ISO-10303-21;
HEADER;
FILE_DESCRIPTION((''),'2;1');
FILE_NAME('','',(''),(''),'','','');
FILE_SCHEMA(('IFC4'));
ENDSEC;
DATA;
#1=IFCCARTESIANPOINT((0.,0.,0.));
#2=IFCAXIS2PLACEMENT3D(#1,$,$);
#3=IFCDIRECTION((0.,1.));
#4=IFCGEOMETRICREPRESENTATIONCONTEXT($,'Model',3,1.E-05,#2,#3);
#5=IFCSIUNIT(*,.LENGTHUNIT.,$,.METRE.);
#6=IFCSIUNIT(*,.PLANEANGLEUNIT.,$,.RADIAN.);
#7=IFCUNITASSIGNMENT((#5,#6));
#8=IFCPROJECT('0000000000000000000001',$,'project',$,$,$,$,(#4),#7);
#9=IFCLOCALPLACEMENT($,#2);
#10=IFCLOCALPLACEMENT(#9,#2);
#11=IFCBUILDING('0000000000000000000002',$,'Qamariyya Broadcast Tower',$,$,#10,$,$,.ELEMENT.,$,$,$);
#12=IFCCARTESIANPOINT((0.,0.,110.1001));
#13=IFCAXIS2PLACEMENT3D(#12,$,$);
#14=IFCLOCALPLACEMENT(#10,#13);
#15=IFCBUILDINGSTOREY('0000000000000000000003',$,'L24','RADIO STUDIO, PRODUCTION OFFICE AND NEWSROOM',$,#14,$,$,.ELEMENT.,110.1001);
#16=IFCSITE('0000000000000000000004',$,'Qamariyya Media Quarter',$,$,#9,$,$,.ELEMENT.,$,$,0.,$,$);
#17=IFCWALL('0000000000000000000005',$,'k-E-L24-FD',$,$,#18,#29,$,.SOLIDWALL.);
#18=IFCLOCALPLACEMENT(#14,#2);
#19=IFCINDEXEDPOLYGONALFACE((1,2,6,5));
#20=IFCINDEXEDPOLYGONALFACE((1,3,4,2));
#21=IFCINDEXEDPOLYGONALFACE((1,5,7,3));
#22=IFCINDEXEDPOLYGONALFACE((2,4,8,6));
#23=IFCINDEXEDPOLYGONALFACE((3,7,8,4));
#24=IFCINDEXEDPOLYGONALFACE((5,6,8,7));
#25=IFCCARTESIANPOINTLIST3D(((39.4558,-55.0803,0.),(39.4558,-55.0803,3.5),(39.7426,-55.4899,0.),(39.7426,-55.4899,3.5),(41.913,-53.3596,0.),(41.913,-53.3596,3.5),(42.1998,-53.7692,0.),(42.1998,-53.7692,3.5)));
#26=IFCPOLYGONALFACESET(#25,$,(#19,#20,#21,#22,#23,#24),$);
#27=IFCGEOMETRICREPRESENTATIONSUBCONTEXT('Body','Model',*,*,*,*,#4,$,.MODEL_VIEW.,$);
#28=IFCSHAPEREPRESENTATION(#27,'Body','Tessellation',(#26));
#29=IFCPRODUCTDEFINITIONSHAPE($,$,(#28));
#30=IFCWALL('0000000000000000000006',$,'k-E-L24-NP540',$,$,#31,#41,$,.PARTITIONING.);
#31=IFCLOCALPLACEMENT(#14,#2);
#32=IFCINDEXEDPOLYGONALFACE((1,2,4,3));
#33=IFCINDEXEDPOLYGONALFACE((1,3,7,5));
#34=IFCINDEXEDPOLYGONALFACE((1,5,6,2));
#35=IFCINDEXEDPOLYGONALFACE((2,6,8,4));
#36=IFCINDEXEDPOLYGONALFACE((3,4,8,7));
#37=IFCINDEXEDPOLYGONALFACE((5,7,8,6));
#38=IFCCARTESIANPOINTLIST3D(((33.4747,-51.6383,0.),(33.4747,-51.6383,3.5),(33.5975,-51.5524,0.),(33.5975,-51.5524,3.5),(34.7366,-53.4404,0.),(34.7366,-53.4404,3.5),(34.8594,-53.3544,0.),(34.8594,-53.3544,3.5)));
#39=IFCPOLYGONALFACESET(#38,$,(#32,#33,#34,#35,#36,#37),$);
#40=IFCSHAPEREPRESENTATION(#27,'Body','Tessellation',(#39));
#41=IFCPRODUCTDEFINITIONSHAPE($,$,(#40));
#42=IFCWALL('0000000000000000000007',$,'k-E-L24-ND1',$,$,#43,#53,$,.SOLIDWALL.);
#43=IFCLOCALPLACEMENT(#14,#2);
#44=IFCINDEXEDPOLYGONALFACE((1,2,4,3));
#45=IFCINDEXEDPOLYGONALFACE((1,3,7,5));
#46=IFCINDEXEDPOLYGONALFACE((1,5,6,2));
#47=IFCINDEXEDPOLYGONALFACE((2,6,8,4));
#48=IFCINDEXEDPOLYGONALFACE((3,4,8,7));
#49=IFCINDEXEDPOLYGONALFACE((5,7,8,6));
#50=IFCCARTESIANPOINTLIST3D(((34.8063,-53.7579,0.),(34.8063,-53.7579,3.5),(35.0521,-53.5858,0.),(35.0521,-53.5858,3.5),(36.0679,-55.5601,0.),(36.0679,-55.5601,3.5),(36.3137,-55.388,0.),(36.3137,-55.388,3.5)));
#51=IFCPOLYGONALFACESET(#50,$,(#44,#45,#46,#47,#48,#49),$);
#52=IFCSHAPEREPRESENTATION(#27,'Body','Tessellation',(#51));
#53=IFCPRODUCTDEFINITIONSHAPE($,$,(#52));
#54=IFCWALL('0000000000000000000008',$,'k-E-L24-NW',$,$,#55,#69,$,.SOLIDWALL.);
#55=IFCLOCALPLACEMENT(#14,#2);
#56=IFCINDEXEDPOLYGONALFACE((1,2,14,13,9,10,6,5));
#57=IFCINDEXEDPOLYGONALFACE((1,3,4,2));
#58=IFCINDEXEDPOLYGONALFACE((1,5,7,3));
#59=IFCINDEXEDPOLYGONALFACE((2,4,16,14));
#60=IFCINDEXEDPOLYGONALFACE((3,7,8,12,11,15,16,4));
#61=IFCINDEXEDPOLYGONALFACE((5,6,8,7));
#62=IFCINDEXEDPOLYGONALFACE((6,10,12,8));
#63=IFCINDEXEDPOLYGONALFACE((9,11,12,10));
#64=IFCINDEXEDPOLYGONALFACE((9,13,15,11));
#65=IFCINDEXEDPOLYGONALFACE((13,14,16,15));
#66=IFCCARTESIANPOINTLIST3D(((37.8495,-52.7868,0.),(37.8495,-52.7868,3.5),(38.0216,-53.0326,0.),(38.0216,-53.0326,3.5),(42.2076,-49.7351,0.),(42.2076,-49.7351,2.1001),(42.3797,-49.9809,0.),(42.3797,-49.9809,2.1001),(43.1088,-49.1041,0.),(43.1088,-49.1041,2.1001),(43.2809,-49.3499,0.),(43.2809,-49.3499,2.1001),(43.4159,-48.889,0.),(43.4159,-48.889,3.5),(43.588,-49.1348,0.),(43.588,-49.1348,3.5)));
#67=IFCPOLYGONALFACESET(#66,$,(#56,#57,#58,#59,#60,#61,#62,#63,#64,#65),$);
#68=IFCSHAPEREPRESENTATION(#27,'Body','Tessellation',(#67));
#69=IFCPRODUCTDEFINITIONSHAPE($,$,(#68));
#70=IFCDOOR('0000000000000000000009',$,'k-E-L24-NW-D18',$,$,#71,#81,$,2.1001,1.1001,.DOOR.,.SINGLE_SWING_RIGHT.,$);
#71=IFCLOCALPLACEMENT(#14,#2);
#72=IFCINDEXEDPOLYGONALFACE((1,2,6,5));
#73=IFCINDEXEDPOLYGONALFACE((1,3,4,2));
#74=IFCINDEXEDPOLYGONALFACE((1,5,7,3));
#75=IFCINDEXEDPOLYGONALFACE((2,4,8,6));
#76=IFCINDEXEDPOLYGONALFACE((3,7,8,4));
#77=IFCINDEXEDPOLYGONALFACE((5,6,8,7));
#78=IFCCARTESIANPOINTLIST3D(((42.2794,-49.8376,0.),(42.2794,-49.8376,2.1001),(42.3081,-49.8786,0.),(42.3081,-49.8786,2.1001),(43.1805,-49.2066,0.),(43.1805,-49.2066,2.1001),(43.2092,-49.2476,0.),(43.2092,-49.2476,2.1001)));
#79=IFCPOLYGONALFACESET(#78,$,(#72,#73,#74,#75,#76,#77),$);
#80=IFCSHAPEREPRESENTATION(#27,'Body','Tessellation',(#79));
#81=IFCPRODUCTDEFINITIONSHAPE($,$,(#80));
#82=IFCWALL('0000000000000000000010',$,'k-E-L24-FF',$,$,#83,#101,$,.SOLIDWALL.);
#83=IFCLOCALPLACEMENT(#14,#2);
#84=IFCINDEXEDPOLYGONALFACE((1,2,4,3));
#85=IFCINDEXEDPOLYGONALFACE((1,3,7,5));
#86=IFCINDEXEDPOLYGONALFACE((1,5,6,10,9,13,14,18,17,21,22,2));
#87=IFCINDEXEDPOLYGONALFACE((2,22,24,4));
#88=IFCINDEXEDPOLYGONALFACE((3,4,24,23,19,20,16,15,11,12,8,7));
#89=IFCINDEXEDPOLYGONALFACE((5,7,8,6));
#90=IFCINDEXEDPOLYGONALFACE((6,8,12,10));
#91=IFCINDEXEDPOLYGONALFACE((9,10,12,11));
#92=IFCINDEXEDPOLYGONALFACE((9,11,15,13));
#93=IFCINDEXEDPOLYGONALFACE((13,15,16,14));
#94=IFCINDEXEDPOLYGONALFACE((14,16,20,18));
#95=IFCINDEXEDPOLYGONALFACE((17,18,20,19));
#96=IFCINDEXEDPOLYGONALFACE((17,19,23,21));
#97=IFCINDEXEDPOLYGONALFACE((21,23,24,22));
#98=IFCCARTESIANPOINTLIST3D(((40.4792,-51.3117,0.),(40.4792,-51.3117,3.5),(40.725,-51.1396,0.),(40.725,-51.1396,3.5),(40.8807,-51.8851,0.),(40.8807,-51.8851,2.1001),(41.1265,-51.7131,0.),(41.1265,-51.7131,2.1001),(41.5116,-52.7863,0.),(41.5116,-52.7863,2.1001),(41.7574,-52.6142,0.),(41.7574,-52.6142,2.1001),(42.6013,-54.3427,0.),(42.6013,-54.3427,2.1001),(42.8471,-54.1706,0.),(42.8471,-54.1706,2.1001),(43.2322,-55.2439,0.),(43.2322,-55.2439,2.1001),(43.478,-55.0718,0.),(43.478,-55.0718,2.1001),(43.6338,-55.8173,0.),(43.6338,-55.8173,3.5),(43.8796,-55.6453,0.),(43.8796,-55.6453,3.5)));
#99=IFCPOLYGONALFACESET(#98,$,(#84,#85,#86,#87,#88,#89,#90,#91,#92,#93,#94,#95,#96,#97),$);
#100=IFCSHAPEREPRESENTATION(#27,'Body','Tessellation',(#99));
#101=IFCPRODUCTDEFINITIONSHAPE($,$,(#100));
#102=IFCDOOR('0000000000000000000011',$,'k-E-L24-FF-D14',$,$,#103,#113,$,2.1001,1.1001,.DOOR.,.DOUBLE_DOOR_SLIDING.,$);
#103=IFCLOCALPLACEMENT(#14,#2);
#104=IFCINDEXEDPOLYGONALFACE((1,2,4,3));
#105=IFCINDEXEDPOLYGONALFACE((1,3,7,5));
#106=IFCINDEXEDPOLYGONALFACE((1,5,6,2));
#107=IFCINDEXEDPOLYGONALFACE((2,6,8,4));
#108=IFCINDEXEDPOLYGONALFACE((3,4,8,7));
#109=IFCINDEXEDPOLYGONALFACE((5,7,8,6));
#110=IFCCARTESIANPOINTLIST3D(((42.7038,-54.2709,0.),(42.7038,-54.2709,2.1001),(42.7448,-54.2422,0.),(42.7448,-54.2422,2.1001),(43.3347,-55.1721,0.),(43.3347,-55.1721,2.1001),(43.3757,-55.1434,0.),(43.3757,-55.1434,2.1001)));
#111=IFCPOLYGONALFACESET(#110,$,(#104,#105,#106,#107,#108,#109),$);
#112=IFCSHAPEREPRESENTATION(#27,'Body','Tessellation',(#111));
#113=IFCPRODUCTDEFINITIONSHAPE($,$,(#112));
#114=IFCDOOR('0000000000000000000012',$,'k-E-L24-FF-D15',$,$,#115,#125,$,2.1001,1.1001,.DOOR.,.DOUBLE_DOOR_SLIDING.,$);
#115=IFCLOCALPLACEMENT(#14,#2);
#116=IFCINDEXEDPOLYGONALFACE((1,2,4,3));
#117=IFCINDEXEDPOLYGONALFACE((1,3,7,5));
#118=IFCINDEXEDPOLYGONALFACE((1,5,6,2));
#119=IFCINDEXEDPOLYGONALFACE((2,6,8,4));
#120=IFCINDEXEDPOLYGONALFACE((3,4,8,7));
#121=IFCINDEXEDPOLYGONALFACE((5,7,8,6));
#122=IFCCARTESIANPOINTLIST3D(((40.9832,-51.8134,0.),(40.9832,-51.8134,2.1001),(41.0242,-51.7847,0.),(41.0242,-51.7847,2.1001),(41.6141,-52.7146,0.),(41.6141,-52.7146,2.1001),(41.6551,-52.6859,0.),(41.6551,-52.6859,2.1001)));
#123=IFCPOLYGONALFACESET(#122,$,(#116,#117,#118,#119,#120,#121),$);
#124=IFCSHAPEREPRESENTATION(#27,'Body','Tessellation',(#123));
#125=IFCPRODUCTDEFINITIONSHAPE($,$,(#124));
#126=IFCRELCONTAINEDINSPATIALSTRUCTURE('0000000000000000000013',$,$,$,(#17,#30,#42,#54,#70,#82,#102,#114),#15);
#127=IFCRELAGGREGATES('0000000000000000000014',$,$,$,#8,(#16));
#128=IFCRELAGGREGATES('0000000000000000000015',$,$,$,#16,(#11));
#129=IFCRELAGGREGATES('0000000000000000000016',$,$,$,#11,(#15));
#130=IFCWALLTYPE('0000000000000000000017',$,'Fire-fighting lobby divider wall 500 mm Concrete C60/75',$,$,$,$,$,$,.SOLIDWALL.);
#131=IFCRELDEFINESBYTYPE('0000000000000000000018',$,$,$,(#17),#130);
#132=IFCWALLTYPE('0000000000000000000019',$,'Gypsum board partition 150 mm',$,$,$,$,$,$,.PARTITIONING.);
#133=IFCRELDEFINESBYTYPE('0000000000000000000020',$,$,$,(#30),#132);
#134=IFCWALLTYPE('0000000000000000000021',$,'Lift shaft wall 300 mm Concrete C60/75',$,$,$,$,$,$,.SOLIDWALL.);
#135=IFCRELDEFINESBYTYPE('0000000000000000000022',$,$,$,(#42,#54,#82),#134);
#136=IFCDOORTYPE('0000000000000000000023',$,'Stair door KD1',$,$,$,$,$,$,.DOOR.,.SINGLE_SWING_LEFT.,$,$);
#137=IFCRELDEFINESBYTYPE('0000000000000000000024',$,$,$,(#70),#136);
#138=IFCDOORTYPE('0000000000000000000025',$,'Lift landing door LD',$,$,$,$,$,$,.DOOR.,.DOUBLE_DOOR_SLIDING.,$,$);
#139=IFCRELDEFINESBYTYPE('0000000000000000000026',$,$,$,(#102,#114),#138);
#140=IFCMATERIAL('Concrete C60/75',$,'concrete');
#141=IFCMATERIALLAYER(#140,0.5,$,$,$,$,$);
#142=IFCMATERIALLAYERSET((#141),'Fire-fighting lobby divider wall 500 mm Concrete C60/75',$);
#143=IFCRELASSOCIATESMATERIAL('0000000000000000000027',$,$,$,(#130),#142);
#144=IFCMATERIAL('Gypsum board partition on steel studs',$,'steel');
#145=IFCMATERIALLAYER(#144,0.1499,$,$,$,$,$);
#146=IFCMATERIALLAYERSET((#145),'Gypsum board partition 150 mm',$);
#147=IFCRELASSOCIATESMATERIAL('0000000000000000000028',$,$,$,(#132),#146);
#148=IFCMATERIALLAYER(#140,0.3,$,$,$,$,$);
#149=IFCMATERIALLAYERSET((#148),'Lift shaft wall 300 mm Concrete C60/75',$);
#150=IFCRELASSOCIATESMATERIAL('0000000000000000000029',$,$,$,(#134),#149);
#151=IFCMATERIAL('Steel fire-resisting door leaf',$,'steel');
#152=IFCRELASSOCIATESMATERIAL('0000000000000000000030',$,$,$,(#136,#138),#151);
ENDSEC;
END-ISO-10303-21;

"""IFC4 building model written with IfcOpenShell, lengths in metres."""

from ifc_helpers import new_model, si_unit, direction, frame, frame_2d, origin, place, context, subcontext, project, spatial, rectangle, extrude, material, layer, layer_set, type_object, element, fill, save


model = new_model("IFC4")

# Units and contexts
model_context = context("Model", 3, precision=1e-05, world=origin(), true_north=direction((0.0, 1.0)))
body_context = subcontext(model_context, "Body", "Model", "MODEL_VIEW")
ifc_project = project(units=[si_unit("LENGTHUNIT", "METRE"), si_unit("PLANEANGLEUNIT", "RADIAN")], contexts=[model_context])

# Site, building, storey
site_placement = place(None, origin())
site = spatial("IfcSite", under=ifc_project, at=site_placement, Name="Qamariyya Media Quarter", CompositionType="ELEMENT", RefElevation=0.0)
building_placement = place(site_placement, origin())
building = spatial("IfcBuilding", under=site, at=building_placement, Name="Qamariyya Broadcast Tower", CompositionType="ELEMENT")
storey_placement = place(building_placement, frame((0.0, 0.0, 110.1001)))
storey = spatial("IfcBuildingStorey", under=building, at=storey_placement, Name="L24", Description="RADIO STUDIO, PRODUCTION OFFICE AND NEWSROOM", CompositionType="ELEMENT", Elevation=110.1001)

# Walls
ifc_material_1 = material(Name="Concrete C60/75", Category="concrete")
ifc_layer_1 = layer(ifc_material_1, 0.5)
ifc_layer_set_1 = layer_set([ifc_layer_1], Name="Fire-fighting lobby divider wall 500 mm Concrete C60/75")
wall_type_1 = type_object("IfcWallType", Name="Fire-fighting lobby divider wall 500 mm Concrete C60/75", PredefinedType="SOLIDWALL", material=ifc_layer_set_1)
wall_1_placement = place(storey_placement, frame((39.5991, -55.2852, 0.0), z_axis=(0.0, 0.0, 1.0), x_axis=(0.819136, 0.573599, 0.0)))
element("IfcWall", 1, at=wall_1_placement, inside=storey, type_object=wall_type_1, Name="k-E-L24-FD", PredefinedType="SOLIDWALL", context=body_context, shape_type="SweptSolid", body=[
    extrude(rectangle(XDim=2.9998, YDim=0.5, at=frame_2d((1.5, 0.0))), origin(), (0.0, 0.0, 1.0), 3.5),
])
ifc_material_2 = material(Name="Gypsum board partition on steel studs", Category="steel")
ifc_layer_2 = layer(ifc_material_2, 0.1499)
ifc_layer_set_2 = layer_set([ifc_layer_2], Name="Gypsum board partition 150 mm")
wall_type_2 = type_object("IfcWallType", Name="Gypsum board partition 150 mm", PredefinedType="PARTITIONING", material=ifc_layer_set_2)
wall_2_placement = place(storey_placement, frame((34.7981, -53.3975, 0.0), z_axis=(0.0, 0.0, 1.0), x_axis=(-0.573634, 0.819112, 0.0)))
element("IfcWall", 2, at=wall_2_placement, inside=storey, type_object=wall_type_2, Name="k-E-L24-NP540", PredefinedType="PARTITIONING", context=body_context, shape_type="SweptSolid", body=[
    extrude(rectangle(XDim=2.2, YDim=0.1499, at=frame_2d((1.1001, 0.0))), origin(), (0.0, 0.0, 1.0), 3.5),
])
ifc_layer_3 = layer(ifc_material_1, 0.3)
ifc_layer_set_3 = layer_set([ifc_layer_3], Name="Lift shaft wall 300 mm Concrete C60/75")
wall_type_3 = type_object("IfcWallType", Name="Lift shaft wall 300 mm Concrete C60/75", PredefinedType="SOLIDWALL", material=ifc_layer_set_3)
wall_3_placement = place(storey_placement, frame((36.1909, -55.4741, 0.0), z_axis=(0.0, 0.0, 1.0), x_axis=(-0.573507, 0.819201, 0.0)))
element("IfcWall", 3, at=wall_3_placement, inside=storey, type_object=wall_type_3, Name="k-E-L24-ND1", PredefinedType="SOLIDWALL", context=body_context, shape_type="SweptSolid", body=[
    extrude(rectangle(XDim=2.2, YDim=0.3, at=frame_2d((1.1001, 0.0))), origin(), (0.0, 0.0, 1.0), 3.5),
])

# Wall, opening, door
wall_4_placement = place(storey_placement, frame((37.9355, -52.9097, 0.0), z_axis=(0.0, 0.0, 1.0), x_axis=(0.819148, 0.573583, 0.0)))
wall_4 = element("IfcWall", 4, at=wall_4_placement, inside=storey, type_object=wall_type_3, Name="k-E-L24-NW", PredefinedType="SOLIDWALL", context=body_context, shape_type="SweptSolid", body=[
    extrude(rectangle(XDim=6.7954, YDim=0.3, at=frame_2d((3.3977, 0.0))), origin(), (0.0, 0.0, 1.0), 3.5),
])
opening_1_placement = place(wall_4_placement, frame((5.3203, 0.0, 0.0)))
opening_1 = element("IfcOpeningElement", 5, at=opening_1_placement, cuts=wall_4, PredefinedType="OPENING", context=body_context, shape_type="SweptSolid", body=[
    extrude(rectangle(XDim=1.1001, YDim=2.1001, at=frame_2d((0.55, 1.05))), frame((0.0, 0.1599, 0.0), z_axis=(0.0, -1.0, 0.0), x_axis=(1.0, 0.0, 0.0)), (0.0, 0.0, 1.0), 0.3201),
])
ifc_material_3 = material(Name="Steel fire-resisting door leaf", Category="steel")
door_type_1 = type_object("IfcDoorType", Name="Stair door KD1", OperationType="SINGLE_SWING_LEFT", PredefinedType="DOOR", material=ifc_material_3)
door_1_placement = place(opening_1_placement, origin())
door_1 = element("IfcDoor", 6, at=door_1_placement, inside=storey, type_object=door_type_1, Name="k-E-L24-NW-D18", OperationType="SINGLE_SWING_RIGHT", OverallHeight=2.1001, OverallWidth=1.1001, PredefinedType="DOOR", context=body_context, shape_type="SweptSolid", body=[
    extrude(rectangle(XDim=1.1001, YDim=2.1001, at=frame_2d((0.55, 1.05))), frame((0.0, 0.0249, 0.0), z_axis=(0.0, -1.0, 0.0), x_axis=(1.0, 0.0, 0.0)), (0.0, 0.0, 1.0), 0.05),
])
fill(opening_1, door_1)

# Wall, openings, doors
wall_5_placement = place(storey_placement, frame((43.7566, -55.7312, 0.0), z_axis=(0.0, 0.0, 1.0), x_axis=(-0.573537, 0.81918, 0.0)))
wall_5 = element("IfcWall", 7, at=wall_5_placement, inside=storey, type_object=wall_type_3, Name="k-E-L24-FF", PredefinedType="SOLIDWALL", context=body_context, shape_type="SweptSolid", body=[
    extrude(rectangle(XDim=5.5002, YDim=0.3, at=frame_2d((2.75, 0.0))), origin(), (0.0, 0.0, 1.0), 3.5),
])
opening_2_placement = place(wall_5_placement, frame((0.7, 0.0, 0.0)))
opening_2 = element("IfcOpeningElement", 8, at=opening_2_placement, cuts=wall_5, PredefinedType="OPENING", context=body_context, shape_type="SweptSolid", body=[
    extrude(rectangle(XDim=1.1001, YDim=2.1001, at=frame_2d((0.55, 1.05))), frame((0.0, 0.1599, 0.0), z_axis=(0.0, -1.0, 0.0), x_axis=(1.0, 0.0, 0.0)), (0.0, 0.0, 1.0), 0.3201),
])
opening_3_placement = place(wall_5_placement, frame((3.7, 0.0, 0.0)))
opening_3 = element("IfcOpeningElement", 9, at=opening_3_placement, cuts=wall_5, PredefinedType="OPENING", context=body_context, shape_type="SweptSolid", body=[
    extrude(rectangle(XDim=1.1001, YDim=2.1001, at=frame_2d((0.55, 1.05))), frame((0.0, 0.1599, 0.0), z_axis=(0.0, -1.0, 0.0), x_axis=(1.0, 0.0, 0.0)), (0.0, 0.0, 1.0), 0.3201),
])
door_type_2 = type_object("IfcDoorType", Name="Lift landing door LD", OperationType="DOUBLE_DOOR_SLIDING", PredefinedType="DOOR", material=ifc_material_3)
door_2_placement = place(opening_2_placement, origin())
door_2 = element("IfcDoor", 10, at=door_2_placement, inside=storey, type_object=door_type_2, Name="k-E-L24-FF-D14", OperationType="DOUBLE_DOOR_SLIDING", OverallHeight=2.1001, OverallWidth=1.1001, PredefinedType="DOOR", context=body_context, shape_type="SweptSolid", body=[
    extrude(rectangle(XDim=1.1001, YDim=2.1001, at=frame_2d((0.55, 1.05))), frame((0.0, 0.0249, 0.0), z_axis=(0.0, -1.0, 0.0), x_axis=(1.0, 0.0, 0.0)), (0.0, 0.0, 1.0), 0.05),
])
fill(opening_2, door_2)
door_3_placement = place(opening_3_placement, origin())
door_3 = element("IfcDoor", 11, at=door_3_placement, inside=storey, type_object=door_type_2, Name="k-E-L24-FF-D15", OperationType="DOUBLE_DOOR_SLIDING", OverallHeight=2.1001, OverallWidth=1.1001, PredefinedType="DOOR", context=body_context, shape_type="SweptSolid", body=[
    extrude(rectangle(XDim=1.1001, YDim=2.1001, at=frame_2d((0.55, 1.05))), frame((0.0, 0.0249, 0.0), z_axis=(0.0, -1.0, 0.0), x_axis=(1.0, 0.0, 0.0)), (0.0, 0.0, 1.0), 0.05),
])
fill(opening_3, door_3)

save(model, "model.ifc")
